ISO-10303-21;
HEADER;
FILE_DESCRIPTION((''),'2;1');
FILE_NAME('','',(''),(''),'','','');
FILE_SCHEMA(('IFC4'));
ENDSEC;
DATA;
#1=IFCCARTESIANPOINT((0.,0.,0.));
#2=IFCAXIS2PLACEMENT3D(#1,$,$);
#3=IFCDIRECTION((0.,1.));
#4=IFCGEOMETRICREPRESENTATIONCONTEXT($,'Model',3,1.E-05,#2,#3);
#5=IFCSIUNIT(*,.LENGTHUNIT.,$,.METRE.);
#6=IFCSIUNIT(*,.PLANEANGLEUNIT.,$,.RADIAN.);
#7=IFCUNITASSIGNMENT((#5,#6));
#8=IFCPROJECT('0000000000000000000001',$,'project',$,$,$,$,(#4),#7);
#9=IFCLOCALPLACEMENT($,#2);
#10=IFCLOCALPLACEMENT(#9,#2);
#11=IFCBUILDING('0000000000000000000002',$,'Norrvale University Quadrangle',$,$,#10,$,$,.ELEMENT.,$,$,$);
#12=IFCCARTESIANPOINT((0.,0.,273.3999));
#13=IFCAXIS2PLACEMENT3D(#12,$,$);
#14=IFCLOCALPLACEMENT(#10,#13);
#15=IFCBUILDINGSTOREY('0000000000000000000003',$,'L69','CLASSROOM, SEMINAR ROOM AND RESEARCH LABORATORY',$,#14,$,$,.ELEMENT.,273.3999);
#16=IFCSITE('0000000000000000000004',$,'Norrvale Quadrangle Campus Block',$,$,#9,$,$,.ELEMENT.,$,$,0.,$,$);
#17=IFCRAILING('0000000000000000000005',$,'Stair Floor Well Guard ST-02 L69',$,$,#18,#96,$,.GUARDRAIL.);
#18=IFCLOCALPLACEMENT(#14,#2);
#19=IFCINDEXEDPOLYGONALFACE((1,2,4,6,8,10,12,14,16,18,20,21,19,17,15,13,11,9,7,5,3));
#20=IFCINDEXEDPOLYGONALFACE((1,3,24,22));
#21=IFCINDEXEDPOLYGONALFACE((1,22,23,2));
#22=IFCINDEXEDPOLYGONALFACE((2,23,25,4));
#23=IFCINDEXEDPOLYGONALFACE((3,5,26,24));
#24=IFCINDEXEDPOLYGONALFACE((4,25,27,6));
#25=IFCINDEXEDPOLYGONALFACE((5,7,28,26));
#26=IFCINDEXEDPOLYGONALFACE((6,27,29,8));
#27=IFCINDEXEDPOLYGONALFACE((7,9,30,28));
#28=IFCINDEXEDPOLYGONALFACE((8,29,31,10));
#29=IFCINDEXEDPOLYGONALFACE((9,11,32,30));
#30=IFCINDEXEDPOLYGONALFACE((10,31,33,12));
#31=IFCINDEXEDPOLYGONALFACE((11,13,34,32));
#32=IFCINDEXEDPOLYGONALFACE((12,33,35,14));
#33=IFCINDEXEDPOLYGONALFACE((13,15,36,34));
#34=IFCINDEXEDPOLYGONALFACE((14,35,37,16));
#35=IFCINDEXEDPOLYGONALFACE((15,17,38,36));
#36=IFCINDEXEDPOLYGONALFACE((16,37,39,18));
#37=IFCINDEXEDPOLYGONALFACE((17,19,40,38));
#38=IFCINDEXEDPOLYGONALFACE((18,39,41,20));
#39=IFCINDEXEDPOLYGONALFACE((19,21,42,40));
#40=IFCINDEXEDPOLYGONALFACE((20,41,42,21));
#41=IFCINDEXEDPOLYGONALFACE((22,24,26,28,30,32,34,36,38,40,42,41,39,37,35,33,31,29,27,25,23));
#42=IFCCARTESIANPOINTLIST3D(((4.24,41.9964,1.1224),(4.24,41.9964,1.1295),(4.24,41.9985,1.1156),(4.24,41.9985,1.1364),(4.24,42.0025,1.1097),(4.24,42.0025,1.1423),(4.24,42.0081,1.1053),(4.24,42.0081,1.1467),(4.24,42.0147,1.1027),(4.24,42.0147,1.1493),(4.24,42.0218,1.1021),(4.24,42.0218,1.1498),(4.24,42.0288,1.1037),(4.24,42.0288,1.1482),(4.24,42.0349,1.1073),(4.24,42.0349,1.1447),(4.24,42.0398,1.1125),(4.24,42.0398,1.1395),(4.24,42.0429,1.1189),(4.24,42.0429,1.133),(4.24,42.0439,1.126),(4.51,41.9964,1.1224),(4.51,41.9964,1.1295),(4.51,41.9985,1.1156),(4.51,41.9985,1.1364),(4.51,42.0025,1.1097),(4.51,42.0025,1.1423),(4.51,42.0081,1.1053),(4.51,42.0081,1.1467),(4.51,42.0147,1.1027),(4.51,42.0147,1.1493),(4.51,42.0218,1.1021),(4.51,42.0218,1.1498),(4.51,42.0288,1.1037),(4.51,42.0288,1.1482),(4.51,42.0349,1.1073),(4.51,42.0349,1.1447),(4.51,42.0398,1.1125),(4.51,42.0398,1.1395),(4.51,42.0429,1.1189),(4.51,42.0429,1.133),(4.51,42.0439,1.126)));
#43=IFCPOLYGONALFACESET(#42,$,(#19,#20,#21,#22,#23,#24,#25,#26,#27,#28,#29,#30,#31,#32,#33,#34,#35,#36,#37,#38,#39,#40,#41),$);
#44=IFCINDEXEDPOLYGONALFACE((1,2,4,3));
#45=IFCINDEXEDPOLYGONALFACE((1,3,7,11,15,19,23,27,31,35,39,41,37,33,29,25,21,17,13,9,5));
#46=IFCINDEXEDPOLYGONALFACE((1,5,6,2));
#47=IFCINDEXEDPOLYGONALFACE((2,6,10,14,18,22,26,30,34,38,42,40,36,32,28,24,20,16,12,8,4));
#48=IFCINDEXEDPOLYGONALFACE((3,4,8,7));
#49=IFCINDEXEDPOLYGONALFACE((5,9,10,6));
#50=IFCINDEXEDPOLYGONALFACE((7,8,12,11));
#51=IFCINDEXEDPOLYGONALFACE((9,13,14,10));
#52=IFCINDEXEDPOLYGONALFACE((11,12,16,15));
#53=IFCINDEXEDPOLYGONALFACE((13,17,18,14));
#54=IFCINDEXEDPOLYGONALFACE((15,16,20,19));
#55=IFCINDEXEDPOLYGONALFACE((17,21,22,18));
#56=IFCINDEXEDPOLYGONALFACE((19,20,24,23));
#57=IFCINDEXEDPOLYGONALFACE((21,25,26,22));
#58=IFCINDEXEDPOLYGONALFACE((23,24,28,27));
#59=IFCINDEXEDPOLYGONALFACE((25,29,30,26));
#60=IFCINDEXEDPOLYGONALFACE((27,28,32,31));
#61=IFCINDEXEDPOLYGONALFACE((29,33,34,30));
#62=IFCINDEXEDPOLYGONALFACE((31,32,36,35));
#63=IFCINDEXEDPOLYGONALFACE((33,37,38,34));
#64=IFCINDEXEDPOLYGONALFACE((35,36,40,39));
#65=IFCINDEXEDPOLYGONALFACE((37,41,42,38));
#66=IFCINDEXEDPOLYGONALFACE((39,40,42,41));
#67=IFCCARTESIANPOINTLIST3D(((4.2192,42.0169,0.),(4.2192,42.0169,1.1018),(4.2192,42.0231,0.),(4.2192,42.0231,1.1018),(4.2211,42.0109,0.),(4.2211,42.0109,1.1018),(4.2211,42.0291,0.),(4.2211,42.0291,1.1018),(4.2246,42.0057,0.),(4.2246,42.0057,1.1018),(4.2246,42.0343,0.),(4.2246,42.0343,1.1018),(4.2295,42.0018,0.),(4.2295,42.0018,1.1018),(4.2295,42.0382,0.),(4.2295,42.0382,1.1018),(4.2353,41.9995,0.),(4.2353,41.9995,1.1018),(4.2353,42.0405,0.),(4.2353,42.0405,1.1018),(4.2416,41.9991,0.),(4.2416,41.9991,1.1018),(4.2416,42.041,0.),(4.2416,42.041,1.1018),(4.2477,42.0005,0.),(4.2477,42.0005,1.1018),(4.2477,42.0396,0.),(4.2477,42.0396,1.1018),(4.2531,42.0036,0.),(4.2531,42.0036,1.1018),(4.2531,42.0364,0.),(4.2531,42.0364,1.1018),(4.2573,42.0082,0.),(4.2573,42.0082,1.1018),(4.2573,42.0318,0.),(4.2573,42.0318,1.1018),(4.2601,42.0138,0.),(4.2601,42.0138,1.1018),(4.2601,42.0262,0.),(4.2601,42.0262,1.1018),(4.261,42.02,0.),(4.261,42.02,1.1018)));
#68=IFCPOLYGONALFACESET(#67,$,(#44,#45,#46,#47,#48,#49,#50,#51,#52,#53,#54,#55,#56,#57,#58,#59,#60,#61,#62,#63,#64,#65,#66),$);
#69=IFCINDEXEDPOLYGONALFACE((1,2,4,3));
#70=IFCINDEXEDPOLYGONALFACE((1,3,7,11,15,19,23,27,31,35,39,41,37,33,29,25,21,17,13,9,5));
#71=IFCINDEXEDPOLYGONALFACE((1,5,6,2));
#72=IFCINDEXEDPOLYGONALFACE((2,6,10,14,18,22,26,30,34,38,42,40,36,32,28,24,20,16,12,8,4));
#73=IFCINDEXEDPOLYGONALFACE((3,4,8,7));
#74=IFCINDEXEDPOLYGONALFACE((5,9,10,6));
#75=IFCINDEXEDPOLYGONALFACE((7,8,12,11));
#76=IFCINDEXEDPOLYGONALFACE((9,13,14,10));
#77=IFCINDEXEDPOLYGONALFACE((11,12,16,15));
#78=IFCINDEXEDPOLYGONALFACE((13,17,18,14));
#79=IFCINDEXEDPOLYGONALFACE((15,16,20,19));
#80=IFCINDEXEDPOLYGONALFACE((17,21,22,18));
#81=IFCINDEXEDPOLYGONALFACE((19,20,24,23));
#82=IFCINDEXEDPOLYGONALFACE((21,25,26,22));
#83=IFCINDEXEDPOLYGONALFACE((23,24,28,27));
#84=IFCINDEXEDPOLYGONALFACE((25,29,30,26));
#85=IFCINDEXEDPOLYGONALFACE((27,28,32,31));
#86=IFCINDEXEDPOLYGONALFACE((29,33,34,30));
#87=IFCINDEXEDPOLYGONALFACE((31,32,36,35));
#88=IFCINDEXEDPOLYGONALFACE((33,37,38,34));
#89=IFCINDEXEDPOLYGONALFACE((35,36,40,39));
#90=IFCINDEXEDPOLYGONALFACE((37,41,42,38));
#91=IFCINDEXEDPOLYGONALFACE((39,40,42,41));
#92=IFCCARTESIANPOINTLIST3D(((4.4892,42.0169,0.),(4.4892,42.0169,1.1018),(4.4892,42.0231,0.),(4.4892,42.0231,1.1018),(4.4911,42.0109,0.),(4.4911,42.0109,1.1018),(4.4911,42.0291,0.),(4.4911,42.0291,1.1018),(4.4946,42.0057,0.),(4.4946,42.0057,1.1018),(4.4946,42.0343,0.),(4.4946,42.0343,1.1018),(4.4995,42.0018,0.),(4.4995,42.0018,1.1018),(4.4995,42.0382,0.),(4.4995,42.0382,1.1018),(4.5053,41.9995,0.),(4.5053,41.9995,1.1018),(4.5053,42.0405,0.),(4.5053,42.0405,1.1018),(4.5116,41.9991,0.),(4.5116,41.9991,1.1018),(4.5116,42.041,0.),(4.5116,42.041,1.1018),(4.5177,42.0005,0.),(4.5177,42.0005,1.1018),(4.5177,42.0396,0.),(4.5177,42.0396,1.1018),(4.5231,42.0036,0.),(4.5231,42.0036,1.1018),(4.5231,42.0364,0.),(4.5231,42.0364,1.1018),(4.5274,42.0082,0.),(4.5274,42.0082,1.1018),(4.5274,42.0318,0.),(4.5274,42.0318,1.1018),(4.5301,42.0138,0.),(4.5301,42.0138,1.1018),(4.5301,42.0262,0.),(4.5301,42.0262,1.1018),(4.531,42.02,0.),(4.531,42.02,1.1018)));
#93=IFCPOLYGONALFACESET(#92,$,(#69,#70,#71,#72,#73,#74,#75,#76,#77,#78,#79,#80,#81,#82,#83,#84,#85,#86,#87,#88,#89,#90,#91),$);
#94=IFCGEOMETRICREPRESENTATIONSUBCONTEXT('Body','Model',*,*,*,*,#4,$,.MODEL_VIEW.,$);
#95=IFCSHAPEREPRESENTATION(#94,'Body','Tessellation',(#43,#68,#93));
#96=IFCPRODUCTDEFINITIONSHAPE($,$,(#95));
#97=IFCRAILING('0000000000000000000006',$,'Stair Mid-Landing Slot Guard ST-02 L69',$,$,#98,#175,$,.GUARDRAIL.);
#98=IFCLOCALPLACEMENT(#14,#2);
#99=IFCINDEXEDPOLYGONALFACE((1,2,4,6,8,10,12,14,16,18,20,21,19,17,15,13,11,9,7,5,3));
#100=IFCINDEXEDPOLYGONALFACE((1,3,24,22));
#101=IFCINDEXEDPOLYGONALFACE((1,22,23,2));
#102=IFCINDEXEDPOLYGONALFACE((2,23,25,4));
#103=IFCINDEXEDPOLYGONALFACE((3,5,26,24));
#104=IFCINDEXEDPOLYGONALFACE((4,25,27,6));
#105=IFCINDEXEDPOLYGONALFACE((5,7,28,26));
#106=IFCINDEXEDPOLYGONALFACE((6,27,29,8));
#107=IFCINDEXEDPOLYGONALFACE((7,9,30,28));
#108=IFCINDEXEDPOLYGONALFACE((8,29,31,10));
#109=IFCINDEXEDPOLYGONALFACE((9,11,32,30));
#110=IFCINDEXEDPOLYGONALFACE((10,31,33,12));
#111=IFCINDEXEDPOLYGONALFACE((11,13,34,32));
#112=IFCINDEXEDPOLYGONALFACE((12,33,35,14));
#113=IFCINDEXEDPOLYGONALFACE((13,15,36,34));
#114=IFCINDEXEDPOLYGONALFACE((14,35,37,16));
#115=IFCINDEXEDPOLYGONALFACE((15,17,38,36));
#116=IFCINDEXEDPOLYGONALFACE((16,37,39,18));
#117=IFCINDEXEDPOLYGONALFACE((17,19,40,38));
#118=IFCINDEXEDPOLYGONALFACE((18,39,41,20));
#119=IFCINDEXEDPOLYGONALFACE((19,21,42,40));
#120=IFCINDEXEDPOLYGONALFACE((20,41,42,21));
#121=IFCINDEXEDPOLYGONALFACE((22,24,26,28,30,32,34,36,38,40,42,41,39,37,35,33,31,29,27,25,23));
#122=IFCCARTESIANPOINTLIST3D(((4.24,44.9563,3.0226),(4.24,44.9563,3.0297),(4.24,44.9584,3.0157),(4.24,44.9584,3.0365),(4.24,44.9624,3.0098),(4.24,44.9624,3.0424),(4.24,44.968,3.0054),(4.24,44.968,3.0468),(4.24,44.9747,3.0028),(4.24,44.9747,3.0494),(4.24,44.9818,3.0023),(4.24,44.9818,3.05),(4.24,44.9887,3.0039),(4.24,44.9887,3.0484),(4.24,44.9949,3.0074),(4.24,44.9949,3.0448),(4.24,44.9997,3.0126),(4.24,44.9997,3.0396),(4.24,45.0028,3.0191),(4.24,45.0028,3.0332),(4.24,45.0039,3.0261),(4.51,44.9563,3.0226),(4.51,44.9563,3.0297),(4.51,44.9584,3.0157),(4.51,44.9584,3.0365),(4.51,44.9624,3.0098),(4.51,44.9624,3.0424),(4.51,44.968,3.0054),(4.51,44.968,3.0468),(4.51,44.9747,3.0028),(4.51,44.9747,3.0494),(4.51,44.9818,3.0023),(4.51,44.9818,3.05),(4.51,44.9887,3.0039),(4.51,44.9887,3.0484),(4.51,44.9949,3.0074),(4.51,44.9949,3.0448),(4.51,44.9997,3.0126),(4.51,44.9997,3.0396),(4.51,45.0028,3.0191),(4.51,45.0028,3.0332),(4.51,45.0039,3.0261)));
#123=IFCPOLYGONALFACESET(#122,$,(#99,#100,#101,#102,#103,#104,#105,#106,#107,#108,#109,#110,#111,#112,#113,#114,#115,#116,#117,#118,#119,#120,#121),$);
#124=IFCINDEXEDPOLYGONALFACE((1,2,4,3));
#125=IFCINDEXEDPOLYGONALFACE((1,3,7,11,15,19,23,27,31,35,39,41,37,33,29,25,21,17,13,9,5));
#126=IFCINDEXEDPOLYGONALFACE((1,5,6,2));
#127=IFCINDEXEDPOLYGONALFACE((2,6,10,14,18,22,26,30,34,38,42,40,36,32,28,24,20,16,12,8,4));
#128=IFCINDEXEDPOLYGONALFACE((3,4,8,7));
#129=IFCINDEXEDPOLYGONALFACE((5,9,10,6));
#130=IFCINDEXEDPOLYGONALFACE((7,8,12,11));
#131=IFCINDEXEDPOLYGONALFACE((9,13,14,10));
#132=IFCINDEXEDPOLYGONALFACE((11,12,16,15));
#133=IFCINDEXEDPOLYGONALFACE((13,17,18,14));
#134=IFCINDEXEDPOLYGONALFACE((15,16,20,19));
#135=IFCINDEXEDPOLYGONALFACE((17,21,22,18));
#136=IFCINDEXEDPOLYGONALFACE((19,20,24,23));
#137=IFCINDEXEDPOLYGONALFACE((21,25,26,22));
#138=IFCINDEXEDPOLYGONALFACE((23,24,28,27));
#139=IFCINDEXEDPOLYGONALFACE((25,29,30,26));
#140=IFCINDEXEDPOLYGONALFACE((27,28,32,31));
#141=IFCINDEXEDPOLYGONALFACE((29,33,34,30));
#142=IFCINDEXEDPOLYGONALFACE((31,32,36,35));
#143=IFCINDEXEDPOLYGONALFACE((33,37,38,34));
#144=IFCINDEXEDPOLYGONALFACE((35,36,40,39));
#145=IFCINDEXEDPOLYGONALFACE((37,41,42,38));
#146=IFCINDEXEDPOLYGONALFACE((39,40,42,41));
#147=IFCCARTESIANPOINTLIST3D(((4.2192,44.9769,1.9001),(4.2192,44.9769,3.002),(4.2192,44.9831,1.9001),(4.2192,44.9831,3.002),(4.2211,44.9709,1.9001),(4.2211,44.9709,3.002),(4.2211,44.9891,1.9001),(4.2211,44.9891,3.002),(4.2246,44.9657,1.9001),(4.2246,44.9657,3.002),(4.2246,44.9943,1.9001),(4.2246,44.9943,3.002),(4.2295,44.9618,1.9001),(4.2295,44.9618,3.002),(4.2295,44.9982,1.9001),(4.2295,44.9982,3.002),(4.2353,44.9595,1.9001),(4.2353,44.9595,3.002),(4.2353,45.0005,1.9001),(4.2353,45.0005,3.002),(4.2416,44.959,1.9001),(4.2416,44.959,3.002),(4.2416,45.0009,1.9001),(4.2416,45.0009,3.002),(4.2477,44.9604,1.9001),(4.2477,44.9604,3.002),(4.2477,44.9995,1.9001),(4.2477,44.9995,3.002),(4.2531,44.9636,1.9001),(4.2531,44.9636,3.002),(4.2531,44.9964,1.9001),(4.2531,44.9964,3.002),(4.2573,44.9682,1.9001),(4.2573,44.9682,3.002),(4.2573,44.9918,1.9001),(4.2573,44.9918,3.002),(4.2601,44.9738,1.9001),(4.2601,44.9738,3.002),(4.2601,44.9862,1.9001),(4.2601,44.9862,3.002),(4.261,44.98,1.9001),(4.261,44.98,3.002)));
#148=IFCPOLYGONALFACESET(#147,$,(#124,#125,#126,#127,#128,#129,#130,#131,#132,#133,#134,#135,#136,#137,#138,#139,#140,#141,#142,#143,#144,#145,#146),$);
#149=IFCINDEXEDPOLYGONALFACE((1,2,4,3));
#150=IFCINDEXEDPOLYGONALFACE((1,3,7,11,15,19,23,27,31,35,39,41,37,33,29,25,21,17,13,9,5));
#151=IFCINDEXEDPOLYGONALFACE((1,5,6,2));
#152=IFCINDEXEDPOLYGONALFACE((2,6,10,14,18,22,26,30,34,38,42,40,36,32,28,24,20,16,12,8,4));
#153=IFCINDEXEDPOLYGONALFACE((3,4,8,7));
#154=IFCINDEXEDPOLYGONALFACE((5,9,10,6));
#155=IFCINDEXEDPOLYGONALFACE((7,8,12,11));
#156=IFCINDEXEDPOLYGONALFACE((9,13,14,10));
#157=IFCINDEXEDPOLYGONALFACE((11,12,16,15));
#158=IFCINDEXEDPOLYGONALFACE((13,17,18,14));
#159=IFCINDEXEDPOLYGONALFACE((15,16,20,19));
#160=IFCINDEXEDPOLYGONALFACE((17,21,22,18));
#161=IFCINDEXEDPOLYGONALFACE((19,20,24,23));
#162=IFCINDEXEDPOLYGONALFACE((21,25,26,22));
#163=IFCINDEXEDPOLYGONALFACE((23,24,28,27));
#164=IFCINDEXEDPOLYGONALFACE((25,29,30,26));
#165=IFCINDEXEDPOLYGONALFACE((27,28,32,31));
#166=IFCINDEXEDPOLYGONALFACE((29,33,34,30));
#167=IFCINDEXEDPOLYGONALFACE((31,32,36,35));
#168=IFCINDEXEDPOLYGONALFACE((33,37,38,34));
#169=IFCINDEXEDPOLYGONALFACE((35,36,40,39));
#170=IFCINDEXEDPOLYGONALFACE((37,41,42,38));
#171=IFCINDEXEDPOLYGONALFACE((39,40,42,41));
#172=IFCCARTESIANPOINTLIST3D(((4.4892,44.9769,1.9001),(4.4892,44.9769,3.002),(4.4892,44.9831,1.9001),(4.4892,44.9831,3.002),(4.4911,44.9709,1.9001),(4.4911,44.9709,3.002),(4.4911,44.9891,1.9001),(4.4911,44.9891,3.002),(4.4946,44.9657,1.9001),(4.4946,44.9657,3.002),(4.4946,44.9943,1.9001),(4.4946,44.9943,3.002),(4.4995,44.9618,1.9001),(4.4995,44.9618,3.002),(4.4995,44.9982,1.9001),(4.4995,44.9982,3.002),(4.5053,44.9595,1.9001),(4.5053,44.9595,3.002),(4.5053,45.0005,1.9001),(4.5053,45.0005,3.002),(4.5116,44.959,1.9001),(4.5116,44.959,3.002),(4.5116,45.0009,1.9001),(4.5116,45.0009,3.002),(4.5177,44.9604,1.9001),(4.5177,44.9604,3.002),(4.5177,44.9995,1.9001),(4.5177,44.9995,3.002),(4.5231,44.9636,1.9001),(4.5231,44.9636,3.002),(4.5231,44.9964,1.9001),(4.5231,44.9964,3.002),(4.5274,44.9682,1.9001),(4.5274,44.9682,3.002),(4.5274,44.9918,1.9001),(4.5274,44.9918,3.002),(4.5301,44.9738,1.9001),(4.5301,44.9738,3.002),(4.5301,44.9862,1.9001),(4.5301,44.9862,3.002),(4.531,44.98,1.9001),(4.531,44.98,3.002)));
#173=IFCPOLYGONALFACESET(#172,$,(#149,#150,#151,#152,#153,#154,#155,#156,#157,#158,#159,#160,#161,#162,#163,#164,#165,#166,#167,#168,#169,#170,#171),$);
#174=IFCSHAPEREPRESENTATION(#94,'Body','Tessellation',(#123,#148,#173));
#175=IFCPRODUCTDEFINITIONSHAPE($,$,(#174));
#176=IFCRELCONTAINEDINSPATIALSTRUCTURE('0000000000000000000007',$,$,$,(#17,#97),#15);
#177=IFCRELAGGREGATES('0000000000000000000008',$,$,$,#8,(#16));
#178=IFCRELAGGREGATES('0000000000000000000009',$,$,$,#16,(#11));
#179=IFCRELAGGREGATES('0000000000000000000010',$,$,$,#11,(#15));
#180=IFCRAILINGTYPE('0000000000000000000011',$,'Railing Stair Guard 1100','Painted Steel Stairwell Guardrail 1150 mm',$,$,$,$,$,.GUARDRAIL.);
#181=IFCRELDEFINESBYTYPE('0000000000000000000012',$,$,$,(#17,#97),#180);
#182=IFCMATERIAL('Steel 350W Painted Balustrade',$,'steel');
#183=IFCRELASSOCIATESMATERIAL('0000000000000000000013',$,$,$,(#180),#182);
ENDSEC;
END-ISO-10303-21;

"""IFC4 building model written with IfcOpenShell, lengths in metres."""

from ifc_helpers import new_model, si_unit, direction, frame, origin, origin_2d, place, context, subcontext, project, spatial, circle, extrude, material, type_object, element, save


model = new_model("IFC4")

# Units and contexts
model_context = context("Model", 3, precision=1e-05, world=origin(), true_north=direction((0.0, 1.0)))
body_context = subcontext(model_context, "Body", "Model", "MODEL_VIEW")
ifc_project = project(units=[si_unit("LENGTHUNIT", "METRE"), si_unit("PLANEANGLEUNIT", "RADIAN")], contexts=[model_context])

# Site, building, storey
site_placement = place(None, origin())
site = spatial("IfcSite", under=ifc_project, at=site_placement, Name="Norrvale Quadrangle Campus Block", CompositionType="ELEMENT", RefElevation=0.0)
building_placement = place(site_placement, origin())
building = spatial("IfcBuilding", under=site, at=building_placement, Name="Norrvale University Quadrangle", CompositionType="ELEMENT")
storey_placement = place(building_placement, frame((0.0, 0.0, 273.3999)))
storey = spatial("IfcBuildingStorey", under=building, at=storey_placement, Name="L69", Description="CLASSROOM, SEMINAR ROOM AND RESEARCH LABORATORY", CompositionType="ELEMENT", Elevation=273.3999)

# Railings
ifc_material_1 = material(Name="Steel 350W Painted Balustrade", Category="steel")
railing_type_1 = type_object("IfcRailingType", Name="Railing Stair Guard 1100", Description="Painted Steel Stairwell Guardrail 1150 mm", PredefinedType="GUARDRAIL", material=ifc_material_1)
for number, where, name in (
    (1, (4.24, 42.02, 0.0), "Stair Floor Well Guard ST-02 L69"),
    (2, (4.24, 44.98, 1.9001), "Stair Mid-Landing Slot Guard ST-02 L69"),
):
    element("IfcRailing", number, at=place(storey_placement, frame(where)), inside=storey, type_object=railing_type_1, Name=name, PredefinedType="GUARDRAIL", context=body_context, shape_type="SweptSolid", body=[
        extrude(circle(Radius=0.0239, at=origin_2d()), frame((0.0, 0.0, 1.126), z_axis=(1.0, 0.0, 0.0), x_axis=(0.0, 1.0, 0.0)), (0.0, 0.0, 1.0), 0.27),
        extrude(circle(Radius=0.021, at=origin_2d()), origin(), (0.0, 0.0, 1.0), 1.1018),
        extrude(circle(Radius=0.021, at=origin_2d()), frame((0.27, 0.0, 0.0)), (0.0, 0.0, 1.0), 1.1018),
    ])

save(model, "model.ifc")
